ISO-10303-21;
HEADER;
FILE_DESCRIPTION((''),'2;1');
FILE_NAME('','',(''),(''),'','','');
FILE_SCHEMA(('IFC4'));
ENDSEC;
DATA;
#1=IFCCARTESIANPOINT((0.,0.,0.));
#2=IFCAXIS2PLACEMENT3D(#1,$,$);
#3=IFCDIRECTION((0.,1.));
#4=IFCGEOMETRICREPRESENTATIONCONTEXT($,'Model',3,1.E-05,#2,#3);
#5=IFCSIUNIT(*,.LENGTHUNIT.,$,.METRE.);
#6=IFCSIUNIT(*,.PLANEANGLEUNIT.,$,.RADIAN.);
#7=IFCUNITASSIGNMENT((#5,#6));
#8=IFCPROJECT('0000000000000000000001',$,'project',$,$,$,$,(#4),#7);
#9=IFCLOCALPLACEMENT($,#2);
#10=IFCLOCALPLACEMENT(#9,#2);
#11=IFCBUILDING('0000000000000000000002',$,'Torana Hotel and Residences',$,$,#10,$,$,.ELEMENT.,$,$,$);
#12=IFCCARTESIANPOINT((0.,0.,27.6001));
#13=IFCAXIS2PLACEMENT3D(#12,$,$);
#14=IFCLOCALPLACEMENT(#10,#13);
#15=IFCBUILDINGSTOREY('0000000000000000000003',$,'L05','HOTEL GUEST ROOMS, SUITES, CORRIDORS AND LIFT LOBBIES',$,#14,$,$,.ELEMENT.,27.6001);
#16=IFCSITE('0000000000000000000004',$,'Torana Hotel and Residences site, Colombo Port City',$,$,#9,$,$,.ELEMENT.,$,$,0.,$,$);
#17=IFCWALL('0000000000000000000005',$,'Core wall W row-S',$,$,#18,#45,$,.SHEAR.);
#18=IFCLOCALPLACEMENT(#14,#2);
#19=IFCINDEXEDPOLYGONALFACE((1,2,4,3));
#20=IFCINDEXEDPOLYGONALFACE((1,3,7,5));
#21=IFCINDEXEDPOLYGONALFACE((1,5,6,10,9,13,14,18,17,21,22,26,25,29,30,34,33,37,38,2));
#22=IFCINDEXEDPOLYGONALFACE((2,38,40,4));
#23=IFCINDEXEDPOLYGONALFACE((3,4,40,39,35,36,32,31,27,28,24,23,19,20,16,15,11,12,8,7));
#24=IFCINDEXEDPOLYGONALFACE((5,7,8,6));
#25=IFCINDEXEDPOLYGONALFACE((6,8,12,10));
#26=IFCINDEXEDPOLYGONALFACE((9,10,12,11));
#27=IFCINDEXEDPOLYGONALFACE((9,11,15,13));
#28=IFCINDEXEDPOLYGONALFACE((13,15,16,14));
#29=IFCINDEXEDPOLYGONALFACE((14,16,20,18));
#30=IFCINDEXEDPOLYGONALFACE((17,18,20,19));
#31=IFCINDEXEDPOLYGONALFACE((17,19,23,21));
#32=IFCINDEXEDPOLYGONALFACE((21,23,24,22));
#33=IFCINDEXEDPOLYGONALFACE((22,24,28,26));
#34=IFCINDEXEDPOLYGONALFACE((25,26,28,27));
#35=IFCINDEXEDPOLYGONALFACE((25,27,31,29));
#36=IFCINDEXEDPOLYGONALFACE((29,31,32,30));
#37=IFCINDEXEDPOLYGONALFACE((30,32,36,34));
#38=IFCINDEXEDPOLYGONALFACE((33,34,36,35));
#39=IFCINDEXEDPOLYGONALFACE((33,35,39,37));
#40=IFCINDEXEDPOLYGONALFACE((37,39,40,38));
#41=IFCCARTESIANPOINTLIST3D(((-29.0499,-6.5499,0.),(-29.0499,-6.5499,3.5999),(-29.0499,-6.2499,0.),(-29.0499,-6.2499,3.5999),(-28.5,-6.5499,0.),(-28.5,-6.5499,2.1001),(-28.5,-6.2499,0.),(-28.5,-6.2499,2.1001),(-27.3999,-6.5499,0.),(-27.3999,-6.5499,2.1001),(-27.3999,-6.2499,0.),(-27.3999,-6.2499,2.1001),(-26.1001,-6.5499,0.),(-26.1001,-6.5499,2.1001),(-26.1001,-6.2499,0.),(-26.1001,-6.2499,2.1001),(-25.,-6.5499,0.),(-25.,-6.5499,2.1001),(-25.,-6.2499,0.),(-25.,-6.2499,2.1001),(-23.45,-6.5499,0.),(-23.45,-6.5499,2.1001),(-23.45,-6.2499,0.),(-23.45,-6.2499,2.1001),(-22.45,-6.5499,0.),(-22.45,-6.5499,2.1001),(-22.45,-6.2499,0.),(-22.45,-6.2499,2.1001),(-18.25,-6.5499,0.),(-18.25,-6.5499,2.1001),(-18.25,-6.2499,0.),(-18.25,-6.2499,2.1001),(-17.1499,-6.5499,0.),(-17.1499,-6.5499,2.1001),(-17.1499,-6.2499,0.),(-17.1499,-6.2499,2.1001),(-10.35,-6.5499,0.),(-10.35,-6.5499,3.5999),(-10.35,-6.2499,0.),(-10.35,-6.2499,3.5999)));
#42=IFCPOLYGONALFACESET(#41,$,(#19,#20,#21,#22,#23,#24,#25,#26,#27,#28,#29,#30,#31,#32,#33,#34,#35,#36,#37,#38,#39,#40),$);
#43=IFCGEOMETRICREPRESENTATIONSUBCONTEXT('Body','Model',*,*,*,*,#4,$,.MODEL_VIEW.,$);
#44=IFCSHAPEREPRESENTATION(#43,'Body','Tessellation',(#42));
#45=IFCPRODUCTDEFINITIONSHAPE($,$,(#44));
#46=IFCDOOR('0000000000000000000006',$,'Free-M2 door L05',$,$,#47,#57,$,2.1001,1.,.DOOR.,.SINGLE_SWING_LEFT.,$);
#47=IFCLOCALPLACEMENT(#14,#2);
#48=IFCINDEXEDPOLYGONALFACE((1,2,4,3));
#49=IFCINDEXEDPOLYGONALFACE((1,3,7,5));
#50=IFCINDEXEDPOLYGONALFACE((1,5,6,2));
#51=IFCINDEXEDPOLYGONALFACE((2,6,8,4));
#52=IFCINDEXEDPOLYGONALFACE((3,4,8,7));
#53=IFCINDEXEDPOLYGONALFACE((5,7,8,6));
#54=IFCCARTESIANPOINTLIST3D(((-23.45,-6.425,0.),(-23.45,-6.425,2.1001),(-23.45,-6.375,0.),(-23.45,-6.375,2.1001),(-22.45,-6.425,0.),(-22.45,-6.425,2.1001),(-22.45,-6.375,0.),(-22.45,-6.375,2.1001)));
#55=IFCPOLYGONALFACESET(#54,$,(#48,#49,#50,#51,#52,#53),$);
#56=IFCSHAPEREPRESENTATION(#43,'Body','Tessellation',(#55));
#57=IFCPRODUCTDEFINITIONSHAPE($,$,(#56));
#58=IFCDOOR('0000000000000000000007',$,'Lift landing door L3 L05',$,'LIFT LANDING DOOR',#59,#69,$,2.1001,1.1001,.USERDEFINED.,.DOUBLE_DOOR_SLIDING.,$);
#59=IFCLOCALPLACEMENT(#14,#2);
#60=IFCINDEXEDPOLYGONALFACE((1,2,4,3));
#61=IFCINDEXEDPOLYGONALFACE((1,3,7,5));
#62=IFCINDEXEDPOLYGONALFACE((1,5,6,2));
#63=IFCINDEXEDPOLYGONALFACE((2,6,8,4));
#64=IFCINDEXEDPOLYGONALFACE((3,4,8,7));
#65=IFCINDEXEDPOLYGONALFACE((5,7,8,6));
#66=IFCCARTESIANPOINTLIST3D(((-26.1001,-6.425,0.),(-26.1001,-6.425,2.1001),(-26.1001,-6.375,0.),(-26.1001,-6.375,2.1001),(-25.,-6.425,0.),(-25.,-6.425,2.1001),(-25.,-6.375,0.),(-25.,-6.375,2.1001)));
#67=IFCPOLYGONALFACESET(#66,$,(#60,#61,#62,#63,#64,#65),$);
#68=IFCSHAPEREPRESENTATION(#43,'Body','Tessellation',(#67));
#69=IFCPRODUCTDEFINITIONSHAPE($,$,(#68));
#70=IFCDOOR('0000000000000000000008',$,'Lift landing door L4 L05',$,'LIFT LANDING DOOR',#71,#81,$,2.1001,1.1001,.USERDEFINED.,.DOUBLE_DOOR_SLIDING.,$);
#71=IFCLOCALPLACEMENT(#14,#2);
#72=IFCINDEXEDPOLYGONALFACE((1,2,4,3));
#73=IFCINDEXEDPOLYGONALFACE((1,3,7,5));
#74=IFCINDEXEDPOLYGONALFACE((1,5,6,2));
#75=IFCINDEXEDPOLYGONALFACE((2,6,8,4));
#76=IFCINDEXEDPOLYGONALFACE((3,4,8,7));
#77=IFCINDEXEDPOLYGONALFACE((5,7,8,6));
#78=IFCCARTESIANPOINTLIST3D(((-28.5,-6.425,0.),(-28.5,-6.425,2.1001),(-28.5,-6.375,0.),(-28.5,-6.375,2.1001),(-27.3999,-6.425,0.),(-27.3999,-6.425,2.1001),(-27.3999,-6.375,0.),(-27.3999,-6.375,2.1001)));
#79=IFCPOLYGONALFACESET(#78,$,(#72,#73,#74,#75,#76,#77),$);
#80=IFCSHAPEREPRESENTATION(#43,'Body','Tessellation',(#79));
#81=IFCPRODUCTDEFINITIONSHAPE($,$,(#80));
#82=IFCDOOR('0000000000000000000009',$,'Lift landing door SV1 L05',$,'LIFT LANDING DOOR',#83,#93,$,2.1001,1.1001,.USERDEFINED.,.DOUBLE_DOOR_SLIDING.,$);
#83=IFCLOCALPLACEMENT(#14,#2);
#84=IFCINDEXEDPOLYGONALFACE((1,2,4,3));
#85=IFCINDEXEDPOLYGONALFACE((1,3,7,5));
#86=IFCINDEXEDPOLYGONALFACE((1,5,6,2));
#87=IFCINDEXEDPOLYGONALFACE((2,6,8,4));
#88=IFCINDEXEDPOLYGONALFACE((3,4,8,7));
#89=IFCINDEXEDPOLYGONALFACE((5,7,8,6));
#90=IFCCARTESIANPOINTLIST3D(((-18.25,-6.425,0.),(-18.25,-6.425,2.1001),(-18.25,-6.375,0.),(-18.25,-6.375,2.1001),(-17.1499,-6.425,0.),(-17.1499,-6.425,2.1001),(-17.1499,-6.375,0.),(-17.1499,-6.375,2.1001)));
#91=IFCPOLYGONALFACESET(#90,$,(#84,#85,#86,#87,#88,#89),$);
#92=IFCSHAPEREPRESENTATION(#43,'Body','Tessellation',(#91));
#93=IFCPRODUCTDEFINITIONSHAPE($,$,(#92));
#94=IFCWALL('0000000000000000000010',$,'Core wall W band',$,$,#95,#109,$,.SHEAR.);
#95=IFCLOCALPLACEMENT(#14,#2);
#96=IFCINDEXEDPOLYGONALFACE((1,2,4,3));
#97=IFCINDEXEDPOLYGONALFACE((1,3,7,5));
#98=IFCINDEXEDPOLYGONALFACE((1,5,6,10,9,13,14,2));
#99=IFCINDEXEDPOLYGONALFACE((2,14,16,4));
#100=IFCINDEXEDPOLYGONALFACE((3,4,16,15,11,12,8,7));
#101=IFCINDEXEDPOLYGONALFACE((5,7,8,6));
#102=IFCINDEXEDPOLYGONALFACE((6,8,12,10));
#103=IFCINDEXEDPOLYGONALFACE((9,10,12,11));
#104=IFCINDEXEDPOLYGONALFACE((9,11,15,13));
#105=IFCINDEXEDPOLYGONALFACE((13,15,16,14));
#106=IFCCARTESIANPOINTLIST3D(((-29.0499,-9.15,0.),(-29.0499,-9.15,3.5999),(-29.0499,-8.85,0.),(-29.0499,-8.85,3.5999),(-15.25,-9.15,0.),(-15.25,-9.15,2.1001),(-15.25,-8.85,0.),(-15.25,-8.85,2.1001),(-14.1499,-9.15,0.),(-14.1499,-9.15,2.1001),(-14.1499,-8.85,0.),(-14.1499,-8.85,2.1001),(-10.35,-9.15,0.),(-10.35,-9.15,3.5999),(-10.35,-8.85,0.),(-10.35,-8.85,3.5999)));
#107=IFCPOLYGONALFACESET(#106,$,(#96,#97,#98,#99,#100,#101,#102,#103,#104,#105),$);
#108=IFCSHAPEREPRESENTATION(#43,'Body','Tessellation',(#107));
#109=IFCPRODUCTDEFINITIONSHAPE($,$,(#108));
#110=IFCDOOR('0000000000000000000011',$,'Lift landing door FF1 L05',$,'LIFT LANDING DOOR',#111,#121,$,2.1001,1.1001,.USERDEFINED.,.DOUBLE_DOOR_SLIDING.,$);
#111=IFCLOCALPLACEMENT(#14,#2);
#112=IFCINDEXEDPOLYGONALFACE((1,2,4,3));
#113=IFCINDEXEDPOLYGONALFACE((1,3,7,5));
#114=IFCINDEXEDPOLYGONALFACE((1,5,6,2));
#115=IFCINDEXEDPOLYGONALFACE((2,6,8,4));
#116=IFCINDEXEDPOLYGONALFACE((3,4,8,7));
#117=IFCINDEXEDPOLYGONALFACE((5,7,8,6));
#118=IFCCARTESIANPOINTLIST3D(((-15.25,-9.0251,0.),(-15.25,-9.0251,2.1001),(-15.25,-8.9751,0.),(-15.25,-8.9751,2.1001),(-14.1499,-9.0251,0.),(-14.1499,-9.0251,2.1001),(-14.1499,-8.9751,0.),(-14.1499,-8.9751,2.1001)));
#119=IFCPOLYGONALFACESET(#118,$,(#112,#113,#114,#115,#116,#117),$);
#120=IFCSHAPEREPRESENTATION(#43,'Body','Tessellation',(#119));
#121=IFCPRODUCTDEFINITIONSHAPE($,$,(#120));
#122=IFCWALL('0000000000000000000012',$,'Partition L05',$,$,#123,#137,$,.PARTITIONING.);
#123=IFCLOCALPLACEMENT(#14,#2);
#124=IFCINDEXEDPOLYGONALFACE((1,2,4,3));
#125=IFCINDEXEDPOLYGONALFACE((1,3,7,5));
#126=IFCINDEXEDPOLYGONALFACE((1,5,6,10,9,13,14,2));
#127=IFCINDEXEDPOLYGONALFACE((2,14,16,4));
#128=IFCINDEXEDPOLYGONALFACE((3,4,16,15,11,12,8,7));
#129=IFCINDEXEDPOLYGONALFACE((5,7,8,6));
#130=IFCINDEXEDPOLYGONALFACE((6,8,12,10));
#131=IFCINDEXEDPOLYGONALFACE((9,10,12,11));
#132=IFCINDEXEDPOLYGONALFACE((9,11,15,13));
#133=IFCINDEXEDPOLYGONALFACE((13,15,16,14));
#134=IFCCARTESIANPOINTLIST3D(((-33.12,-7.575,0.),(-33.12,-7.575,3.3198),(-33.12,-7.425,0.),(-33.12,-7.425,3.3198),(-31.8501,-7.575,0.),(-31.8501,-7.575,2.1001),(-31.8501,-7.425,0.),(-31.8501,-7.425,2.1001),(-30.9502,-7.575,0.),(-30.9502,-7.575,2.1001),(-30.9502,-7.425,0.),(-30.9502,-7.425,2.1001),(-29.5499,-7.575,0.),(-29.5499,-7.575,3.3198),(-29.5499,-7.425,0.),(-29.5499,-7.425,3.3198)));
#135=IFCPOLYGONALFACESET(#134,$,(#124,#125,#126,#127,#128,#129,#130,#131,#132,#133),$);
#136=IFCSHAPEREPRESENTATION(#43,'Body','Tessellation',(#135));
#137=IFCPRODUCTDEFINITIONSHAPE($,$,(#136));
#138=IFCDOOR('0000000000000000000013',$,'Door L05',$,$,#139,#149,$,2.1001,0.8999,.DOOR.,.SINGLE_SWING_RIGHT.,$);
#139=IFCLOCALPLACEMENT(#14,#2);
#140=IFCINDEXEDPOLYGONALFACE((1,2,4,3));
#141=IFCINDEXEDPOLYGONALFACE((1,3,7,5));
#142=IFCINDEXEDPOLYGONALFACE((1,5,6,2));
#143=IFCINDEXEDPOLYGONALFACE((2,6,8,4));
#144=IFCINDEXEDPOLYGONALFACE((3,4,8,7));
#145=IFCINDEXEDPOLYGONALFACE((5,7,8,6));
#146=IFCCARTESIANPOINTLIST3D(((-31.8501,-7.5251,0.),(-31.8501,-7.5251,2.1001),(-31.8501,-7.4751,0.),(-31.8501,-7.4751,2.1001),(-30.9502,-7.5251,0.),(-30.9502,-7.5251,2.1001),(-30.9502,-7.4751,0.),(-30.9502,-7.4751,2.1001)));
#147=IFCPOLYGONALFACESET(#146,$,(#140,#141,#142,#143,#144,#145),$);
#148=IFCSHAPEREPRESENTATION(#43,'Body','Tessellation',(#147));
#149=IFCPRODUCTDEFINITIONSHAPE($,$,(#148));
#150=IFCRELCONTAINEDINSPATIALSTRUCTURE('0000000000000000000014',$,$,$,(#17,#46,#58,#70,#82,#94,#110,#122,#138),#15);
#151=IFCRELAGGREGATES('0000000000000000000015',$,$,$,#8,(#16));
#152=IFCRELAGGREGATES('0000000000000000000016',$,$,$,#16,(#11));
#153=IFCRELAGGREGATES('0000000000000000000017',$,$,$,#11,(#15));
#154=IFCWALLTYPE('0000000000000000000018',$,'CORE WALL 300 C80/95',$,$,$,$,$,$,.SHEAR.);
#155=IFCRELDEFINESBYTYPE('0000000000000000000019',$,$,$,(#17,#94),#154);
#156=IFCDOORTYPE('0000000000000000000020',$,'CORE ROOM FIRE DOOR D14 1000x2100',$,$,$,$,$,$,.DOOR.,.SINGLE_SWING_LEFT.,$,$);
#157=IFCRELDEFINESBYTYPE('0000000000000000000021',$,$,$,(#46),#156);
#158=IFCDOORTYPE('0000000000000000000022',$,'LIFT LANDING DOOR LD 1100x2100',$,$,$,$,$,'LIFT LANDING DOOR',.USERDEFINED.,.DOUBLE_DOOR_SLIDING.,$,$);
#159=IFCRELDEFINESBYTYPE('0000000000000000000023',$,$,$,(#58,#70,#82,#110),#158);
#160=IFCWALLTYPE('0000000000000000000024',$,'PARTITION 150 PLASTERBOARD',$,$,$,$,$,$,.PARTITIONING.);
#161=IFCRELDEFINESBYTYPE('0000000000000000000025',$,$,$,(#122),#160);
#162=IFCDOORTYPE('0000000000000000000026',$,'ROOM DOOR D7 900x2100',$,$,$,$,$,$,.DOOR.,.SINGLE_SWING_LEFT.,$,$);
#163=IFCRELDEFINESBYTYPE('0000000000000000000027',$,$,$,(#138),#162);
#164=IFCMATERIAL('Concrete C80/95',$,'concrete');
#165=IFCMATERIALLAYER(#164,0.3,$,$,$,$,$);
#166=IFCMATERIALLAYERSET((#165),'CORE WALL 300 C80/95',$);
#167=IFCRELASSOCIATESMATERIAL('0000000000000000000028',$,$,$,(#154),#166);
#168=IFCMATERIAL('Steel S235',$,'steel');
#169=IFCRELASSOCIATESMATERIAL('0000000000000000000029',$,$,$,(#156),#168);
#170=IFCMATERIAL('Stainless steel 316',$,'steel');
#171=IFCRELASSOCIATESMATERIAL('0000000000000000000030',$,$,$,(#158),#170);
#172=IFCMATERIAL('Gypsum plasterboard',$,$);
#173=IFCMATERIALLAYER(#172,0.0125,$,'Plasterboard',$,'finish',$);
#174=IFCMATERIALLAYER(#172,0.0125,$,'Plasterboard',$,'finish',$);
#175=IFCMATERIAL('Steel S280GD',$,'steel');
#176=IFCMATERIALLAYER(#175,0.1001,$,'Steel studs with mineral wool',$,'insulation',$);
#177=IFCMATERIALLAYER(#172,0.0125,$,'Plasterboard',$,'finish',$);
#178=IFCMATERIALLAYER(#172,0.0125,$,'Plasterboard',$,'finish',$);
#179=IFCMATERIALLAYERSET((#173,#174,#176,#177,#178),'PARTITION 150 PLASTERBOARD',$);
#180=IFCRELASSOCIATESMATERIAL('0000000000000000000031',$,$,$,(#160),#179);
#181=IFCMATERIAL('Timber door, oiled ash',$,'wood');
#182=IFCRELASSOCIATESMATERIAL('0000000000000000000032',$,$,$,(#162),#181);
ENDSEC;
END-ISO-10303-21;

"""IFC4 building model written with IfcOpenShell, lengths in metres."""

from ifc_helpers import new_model, si_unit, direction, frame, frame_2d, origin, place, context, subcontext, project, spatial, rectangle, extrude, material, layer, layer_set, type_object, element, fill, save


model = new_model("IFC4")

# Units and contexts
model_context = context("Model", 3, precision=1e-05, world=origin(), true_north=direction((0.0, 1.0)))
body_context = subcontext(model_context, "Body", "Model", "MODEL_VIEW")
ifc_project = project(units=[si_unit("LENGTHUNIT", "METRE"), si_unit("PLANEANGLEUNIT", "RADIAN")], contexts=[model_context])

# Site, building, storey
site_placement = place(None, origin())
site = spatial("IfcSite", under=ifc_project, at=site_placement, Name="Torana Hotel and Residences site, Colombo Port City", CompositionType="ELEMENT", RefElevation=0.0)
building_placement = place(site_placement, origin())
building = spatial("IfcBuilding", under=site, at=building_placement, Name="Torana Hotel and Residences", CompositionType="ELEMENT")
storey_placement = place(building_placement, frame((0.0, 0.0, 27.6001)))
storey = spatial("IfcBuildingStorey", under=building, at=storey_placement, Name="L05", Description="HOTEL GUEST ROOMS, SUITES, CORRIDORS AND LIFT LOBBIES", CompositionType="ELEMENT", Elevation=27.6001)

# Wall, openings, doors
ifc_material_1 = material(Name="Concrete C80/95", Category="concrete")
ifc_layer_1 = layer(ifc_material_1, 0.3)
ifc_layer_set_1 = layer_set([ifc_layer_1], Name="CORE WALL 300 C80/95")
wall_type_1 = type_object("IfcWallType", Name="CORE WALL 300 C80/95", PredefinedType="SHEAR", material=ifc_layer_set_1)
ifc_material_2 = material(Name="Steel S235", Category="steel")
door_type_1 = type_object("IfcDoorType", Name="CORE ROOM FIRE DOOR D14 1000x2100", OperationType="SINGLE_SWING_LEFT", PredefinedType="DOOR", material=ifc_material_2)
ifc_material_3 = material(Name="Stainless steel 316", Category="steel")
door_type_2 = type_object("IfcDoorType", Name="LIFT LANDING DOOR LD 1100x2100", ElementType="LIFT LANDING DOOR", OperationType="DOUBLE_DOOR_SLIDING", PredefinedType="USERDEFINED", material=ifc_material_3)
wall_1_placement = place(storey_placement, frame((-29.05, -6.3999, 0.0), z_axis=(0.0, 0.0, 1.0), x_axis=(1.0, 0.0, 0.0)))
wall_1 = element("IfcWall", 1, at=wall_1_placement, inside=storey, type_object=wall_type_1, Name="Core wall W row-S", PredefinedType="SHEAR", context=body_context, shape_type="SweptSolid", body=[
    extrude(rectangle(XDim=18.7, YDim=0.3, at=frame_2d((9.3501, 0.0))), origin(), (0.0, 0.0, 1.0), 3.5999),
])
opening_1_placement = place(wall_1_placement, frame((2.95, 0.0, 0.0)))
opening_1 = element("IfcOpeningElement", 2, at=opening_1_placement, cuts=wall_1, PredefinedType="OPENING", context=body_context, shape_type="SweptSolid", body=[
    extrude(rectangle(XDim=1.1001, YDim=2.1001, at=frame_2d((0.55, 1.05))), frame((0.0, 0.1599, 0.0), z_axis=(0.0, -1.0, 0.0), x_axis=(1.0, 0.0, 0.0)), (0.0, 0.0, 1.0), 0.3201),
])
opening_2_placement = place(wall_1_placement, frame((0.55, 0.0, 0.0)))
opening_2 = element("IfcOpeningElement", 3, at=opening_2_placement, cuts=wall_1, PredefinedType="OPENING", context=body_context, shape_type="SweptSolid", body=[
    extrude(rectangle(XDim=1.1001, YDim=2.1001, at=frame_2d((0.55, 1.05))), frame((0.0, 0.1599, 0.0), z_axis=(0.0, -1.0, 0.0), x_axis=(1.0, 0.0, 0.0)), (0.0, 0.0, 1.0), 0.3201),
])
opening_3_placement = place(wall_1_placement, frame((10.8, 0.0, 0.0)))
opening_3 = element("IfcOpeningElement", 4, at=opening_3_placement, cuts=wall_1, PredefinedType="OPENING", context=body_context, shape_type="SweptSolid", body=[
    extrude(rectangle(XDim=1.1001, YDim=2.1001, at=frame_2d((0.55, 1.05))), frame((0.0, 0.1599, 0.0), z_axis=(0.0, -1.0, 0.0), x_axis=(1.0, 0.0, 0.0)), (0.0, 0.0, 1.0), 0.3201),
])
opening_4_placement = place(wall_1_placement, frame((5.6001, 0.0, 0.0)))
opening_4 = element("IfcOpeningElement", 5, at=opening_4_placement, cuts=wall_1, PredefinedType="OPENING", context=body_context, shape_type="SweptSolid", body=[
    extrude(rectangle(XDim=1.0, YDim=2.1001, at=frame_2d((0.5, 1.05))), frame((0.0, 0.1599, 0.0), z_axis=(0.0, -1.0, 0.0), x_axis=(1.0, 0.0, 0.0)), (0.0, 0.0, 1.0), 0.3201),
])
door_1_placement = place(opening_4_placement, frame((0.5, 0.0, 0.0), z_axis=(0.0, 0.0, 1.0), x_axis=(-1.0, 0.0, 0.0)))
door_1 = element("IfcDoor", 6, at=door_1_placement, inside=storey, type_object=door_type_1, Name="Free-M2 door L05", OperationType="SINGLE_SWING_LEFT", OverallHeight=2.1001, OverallWidth=1.0, PredefinedType="DOOR", context=body_context, shape_type="SweptSolid", body=[
    extrude(rectangle(XDim=1.0, YDim=2.1001, at=frame_2d((0.0, 1.05))), frame((0.0, -0.0249, 0.0), z_axis=(0.0, 1.0, 0.0), x_axis=(-1.0, 0.0, 0.0)), (0.0, 0.0, 1.0), 0.05),
])
fill(opening_4, door_1)
door_2_placement = place(opening_1_placement, origin())
door_2 = element("IfcDoor", 7, at=door_2_placement, inside=storey, type_object=door_type_2, Name="Lift landing door L3 L05", ObjectType="LIFT LANDING DOOR", OperationType="DOUBLE_DOOR_SLIDING", OverallHeight=2.1001, OverallWidth=1.1001, PredefinedType="USERDEFINED", context=body_context, shape_type="SweptSolid", body=[
    extrude(rectangle(XDim=1.1001, YDim=2.1001, at=frame_2d((0.55, 1.05))), frame((0.0, 0.0249, 0.0), z_axis=(0.0, -1.0, 0.0), x_axis=(1.0, 0.0, 0.0)), (0.0, 0.0, 1.0), 0.05),
])
fill(opening_1, door_2)
door_3_placement = place(opening_2_placement, origin())
door_3 = element("IfcDoor", 8, at=door_3_placement, inside=storey, type_object=door_type_2, Name="Lift landing door L4 L05", ObjectType="LIFT LANDING DOOR", OperationType="DOUBLE_DOOR_SLIDING", OverallHeight=2.1001, OverallWidth=1.1001, PredefinedType="USERDEFINED", context=body_context, shape_type="SweptSolid", body=[
    extrude(rectangle(XDim=1.1001, YDim=2.1001, at=frame_2d((0.55, 1.05))), frame((0.0, 0.0249, 0.0), z_axis=(0.0, -1.0, 0.0), x_axis=(1.0, 0.0, 0.0)), (0.0, 0.0, 1.0), 0.05),
])
fill(opening_2, door_3)
door_4_placement = place(opening_3_placement, origin())
door_4 = element("IfcDoor", 9, at=door_4_placement, inside=storey, type_object=door_type_2, Name="Lift landing door SV1 L05", ObjectType="LIFT LANDING DOOR", OperationType="DOUBLE_DOOR_SLIDING", OverallHeight=2.1001, OverallWidth=1.1001, PredefinedType="USERDEFINED", context=body_context, shape_type="SweptSolid", body=[
    extrude(rectangle(XDim=1.1001, YDim=2.1001, at=frame_2d((0.55, 1.05))), frame((0.0, 0.0249, 0.0), z_axis=(0.0, -1.0, 0.0), x_axis=(1.0, 0.0, 0.0)), (0.0, 0.0, 1.0), 0.05),
])
fill(opening_3, door_4)

# Wall, opening, door
wall_2_placement = place(storey_placement, frame((-29.05, -9.0, 0.0), z_axis=(0.0, 0.0, 1.0), x_axis=(1.0, 0.0, 0.0)))
wall_2 = element("IfcWall", 10, at=wall_2_placement, inside=storey, type_object=wall_type_1, Name="Core wall W band", PredefinedType="SHEAR", context=body_context, shape_type="SweptSolid", body=[
    extrude(rectangle(XDim=18.7, YDim=0.3, at=frame_2d((9.3501, 0.0))), origin(), (0.0, 0.0, 1.0), 3.5999),
])
opening_5_placement = place(wall_2_placement, frame((13.8, 0.0, 0.0)))
opening_5 = element("IfcOpeningElement", 11, at=opening_5_placement, cuts=wall_2, PredefinedType="OPENING", context=body_context, shape_type="SweptSolid", body=[
    extrude(rectangle(XDim=1.1001, YDim=2.1001, at=frame_2d((0.55, 1.05))), frame((0.0, 0.1599, 0.0), z_axis=(0.0, -1.0, 0.0), x_axis=(1.0, 0.0, 0.0)), (0.0, 0.0, 1.0), 0.3201),
])
door_5_placement = place(opening_5_placement, origin())
door_5 = element("IfcDoor", 12, at=door_5_placement, inside=storey, type_object=door_type_2, Name="Lift landing door FF1 L05", ObjectType="LIFT LANDING DOOR", OperationType="DOUBLE_DOOR_SLIDING", OverallHeight=2.1001, OverallWidth=1.1001, PredefinedType="USERDEFINED", context=body_context, shape_type="SweptSolid", body=[
    extrude(rectangle(XDim=1.1001, YDim=2.1001, at=frame_2d((0.55, 1.05))), frame((0.0, 0.0249, 0.0), z_axis=(0.0, -1.0, 0.0), x_axis=(1.0, 0.0, 0.0)), (0.0, 0.0, 1.0), 0.05),
])
fill(opening_5, door_5)

# Shared definitions
ifc_material_4 = material(Name="Steel S280GD", Category="steel")

# Wall, opening, door
ifc_material_5 = material(Name="Gypsum plasterboard")
ifc_layer_2 = layer(ifc_material_5, 0.0125, Name="Plasterboard", Category="finish")
ifc_layer_3 = layer(ifc_material_5, 0.0125, Name="Plasterboard", Category="finish")
ifc_layer_4 = layer(ifc_material_4, 0.1001, Name="Steel studs with mineral wool", Category="insulation")
ifc_layer_5 = layer(ifc_material_5, 0.0125, Name="Plasterboard", Category="finish")
ifc_layer_6 = layer(ifc_material_5, 0.0125, Name="Plasterboard", Category="finish")
ifc_layer_set_2 = layer_set([ifc_layer_2, ifc_layer_3, ifc_layer_4, ifc_layer_5, ifc_layer_6], Name="PARTITION 150 PLASTERBOARD")
wall_type_2 = type_object("IfcWallType", Name="PARTITION 150 PLASTERBOARD", PredefinedType="PARTITIONING", material=ifc_layer_set_2)
wall_3_placement = place(storey_placement, frame((-33.1201, -7.5, 0.0), z_axis=(0.0, 0.0, 1.0), x_axis=(1.0, 0.0, 0.0)))
wall_3 = element("IfcWall", 13, at=wall_3_placement, inside=storey, type_object=wall_type_2, Name="Partition L05", PredefinedType="PARTITIONING", context=body_context, shape_type="SweptSolid", body=[
    extrude(rectangle(XDim=3.5701, YDim=0.1499, at=frame_2d((1.7852, 0.0))), origin(), (0.0, 0.0, 1.0), 3.3198),
])
opening_6_placement = place(wall_3_placement, frame((1.27, 0.0, 0.0)))
opening_6 = element("IfcOpeningElement", 14, at=opening_6_placement, cuts=wall_3, PredefinedType="OPENING", context=body_context, shape_type="SweptSolid", body=[
    extrude(rectangle(XDim=0.8999, YDim=2.1001, at=frame_2d((0.45, 1.05))), frame((0.0, 0.085, 0.0), z_axis=(0.0, -1.0, 0.0), x_axis=(1.0, 0.0, 0.0)), (0.0, 0.0, 1.0), 0.1699),
])
ifc_material_6 = material(Name="Timber door, oiled ash", Category="wood")
door_type_3 = type_object("IfcDoorType", Name="ROOM DOOR D7 900x2100", OperationType="SINGLE_SWING_LEFT", PredefinedType="DOOR", material=ifc_material_6)
door_6_placement = place(opening_6_placement, origin())
door_6 = element("IfcDoor", 15, at=door_6_placement, inside=storey, type_object=door_type_3, Name="Door L05", OperationType="SINGLE_SWING_RIGHT", OverallHeight=2.1001, OverallWidth=0.8999, PredefinedType="DOOR", context=body_context, shape_type="SweptSolid", body=[
    extrude(rectangle(XDim=0.8999, YDim=2.1001, at=frame_2d((0.45, 1.05))), frame((0.0, 0.0249, 0.0), z_axis=(0.0, -1.0, 0.0), x_axis=(1.0, 0.0, 0.0)), (0.0, 0.0, 1.0), 0.05),
])
fill(opening_6, door_6)

save(model, "model.ifc")
